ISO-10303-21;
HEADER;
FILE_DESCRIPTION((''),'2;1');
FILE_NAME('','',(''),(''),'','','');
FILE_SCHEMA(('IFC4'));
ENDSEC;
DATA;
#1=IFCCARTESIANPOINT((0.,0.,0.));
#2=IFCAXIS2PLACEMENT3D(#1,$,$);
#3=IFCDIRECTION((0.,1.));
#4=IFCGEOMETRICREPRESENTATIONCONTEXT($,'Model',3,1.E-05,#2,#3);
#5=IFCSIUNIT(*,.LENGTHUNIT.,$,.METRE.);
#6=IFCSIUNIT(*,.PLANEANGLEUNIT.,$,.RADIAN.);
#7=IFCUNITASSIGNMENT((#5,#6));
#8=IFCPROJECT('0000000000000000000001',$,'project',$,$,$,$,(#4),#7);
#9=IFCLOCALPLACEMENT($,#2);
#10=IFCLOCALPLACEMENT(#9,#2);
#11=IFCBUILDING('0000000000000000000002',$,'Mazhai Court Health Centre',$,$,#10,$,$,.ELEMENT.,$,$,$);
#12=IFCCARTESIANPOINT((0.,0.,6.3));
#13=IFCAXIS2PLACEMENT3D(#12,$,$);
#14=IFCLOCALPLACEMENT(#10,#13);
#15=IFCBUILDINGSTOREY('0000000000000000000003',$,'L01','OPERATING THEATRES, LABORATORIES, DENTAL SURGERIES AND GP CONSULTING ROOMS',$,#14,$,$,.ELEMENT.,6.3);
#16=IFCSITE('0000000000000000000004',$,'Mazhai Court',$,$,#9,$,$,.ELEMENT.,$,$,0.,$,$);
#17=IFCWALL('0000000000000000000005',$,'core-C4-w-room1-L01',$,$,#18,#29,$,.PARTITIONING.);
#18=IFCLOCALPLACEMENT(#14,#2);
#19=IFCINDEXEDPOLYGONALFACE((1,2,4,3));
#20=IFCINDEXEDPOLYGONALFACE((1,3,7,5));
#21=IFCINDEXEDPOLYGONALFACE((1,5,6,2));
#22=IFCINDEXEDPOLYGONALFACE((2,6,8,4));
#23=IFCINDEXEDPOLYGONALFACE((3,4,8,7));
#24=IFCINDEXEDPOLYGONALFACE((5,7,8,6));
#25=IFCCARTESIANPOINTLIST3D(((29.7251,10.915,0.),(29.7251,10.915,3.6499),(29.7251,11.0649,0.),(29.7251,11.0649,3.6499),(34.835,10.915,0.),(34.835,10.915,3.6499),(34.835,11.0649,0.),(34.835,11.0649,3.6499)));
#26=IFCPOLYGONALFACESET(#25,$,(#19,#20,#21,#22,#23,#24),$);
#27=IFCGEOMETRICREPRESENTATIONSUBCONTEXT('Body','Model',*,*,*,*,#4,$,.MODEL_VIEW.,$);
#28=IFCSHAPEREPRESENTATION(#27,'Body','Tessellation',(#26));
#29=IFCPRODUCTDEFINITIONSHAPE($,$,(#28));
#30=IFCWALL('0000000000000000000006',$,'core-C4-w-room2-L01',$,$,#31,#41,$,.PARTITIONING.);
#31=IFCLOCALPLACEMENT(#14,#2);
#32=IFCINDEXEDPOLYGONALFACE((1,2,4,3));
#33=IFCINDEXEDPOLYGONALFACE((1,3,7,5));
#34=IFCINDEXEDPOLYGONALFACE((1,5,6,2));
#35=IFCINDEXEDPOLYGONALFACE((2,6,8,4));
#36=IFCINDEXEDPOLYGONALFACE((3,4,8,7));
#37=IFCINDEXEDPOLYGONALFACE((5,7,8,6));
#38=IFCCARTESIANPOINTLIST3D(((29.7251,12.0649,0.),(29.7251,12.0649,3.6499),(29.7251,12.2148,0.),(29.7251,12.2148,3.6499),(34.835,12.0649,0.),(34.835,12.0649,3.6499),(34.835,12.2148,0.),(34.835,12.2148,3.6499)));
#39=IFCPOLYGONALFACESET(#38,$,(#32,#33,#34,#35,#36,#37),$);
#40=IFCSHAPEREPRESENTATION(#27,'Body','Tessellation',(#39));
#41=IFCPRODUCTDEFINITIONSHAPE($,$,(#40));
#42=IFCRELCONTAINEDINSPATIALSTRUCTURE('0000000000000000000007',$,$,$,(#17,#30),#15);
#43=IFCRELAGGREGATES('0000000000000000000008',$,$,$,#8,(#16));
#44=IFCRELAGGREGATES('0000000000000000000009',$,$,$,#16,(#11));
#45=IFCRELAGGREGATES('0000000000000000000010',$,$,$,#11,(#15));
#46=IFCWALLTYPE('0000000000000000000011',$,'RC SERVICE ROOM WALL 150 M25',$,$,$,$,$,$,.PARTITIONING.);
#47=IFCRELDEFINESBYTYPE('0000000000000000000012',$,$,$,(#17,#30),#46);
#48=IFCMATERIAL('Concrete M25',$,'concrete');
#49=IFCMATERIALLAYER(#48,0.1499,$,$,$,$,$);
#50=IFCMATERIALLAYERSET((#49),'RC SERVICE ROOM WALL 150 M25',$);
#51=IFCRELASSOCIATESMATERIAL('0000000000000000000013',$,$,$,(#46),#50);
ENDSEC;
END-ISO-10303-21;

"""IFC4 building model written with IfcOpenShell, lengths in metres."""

from ifc_helpers import new_model, si_unit, direction, frame, frame_2d, origin, place, context, subcontext, project, spatial, rectangle, extrude, material, layer, layer_set, type_object, element, save


model = new_model("IFC4")

# Units and contexts
model_context = context("Model", 3, precision=1e-05, world=origin(), true_north=direction((0.0, 1.0)))
body_context = subcontext(model_context, "Body", "Model", "MODEL_VIEW")
ifc_project = project(units=[si_unit("LENGTHUNIT", "METRE"), si_unit("PLANEANGLEUNIT", "RADIAN")], contexts=[model_context])

# Site, building, storey
site_placement = place(None, origin())
site = spatial("IfcSite", under=ifc_project, at=site_placement, Name="Mazhai Court", CompositionType="ELEMENT", RefElevation=0.0)
building_placement = place(site_placement, origin())
building = spatial("IfcBuilding", under=site, at=building_placement, Name="Mazhai Court Health Centre", CompositionType="ELEMENT")
storey_placement = place(building_placement, frame((0.0, 0.0, 6.3)))
storey = spatial("IfcBuildingStorey", under=building, at=storey_placement, Name="L01", Description="OPERATING THEATRES, LABORATORIES, DENTAL SURGERIES AND GP CONSULTING ROOMS", CompositionType="ELEMENT", Elevation=6.3)

# Walls
ifc_material_1 = material(Name="Concrete M25", Category="concrete")
ifc_layer_1 = layer(ifc_material_1, 0.1499)
ifc_layer_set_1 = layer_set([ifc_layer_1], Name="RC SERVICE ROOM WALL 150 M25")
wall_type_1 = type_object("IfcWallType", Name="RC SERVICE ROOM WALL 150 M25", PredefinedType="PARTITIONING", material=ifc_layer_set_1)
for number, where, z_axis, x_axis, name in (
    (1, (29.7251, 10.99, 0.0), (0.0, 0.0, 1.0), (1.0, 0.0, 0.0), "core-C4-w-room1-L01"),
    (2, (29.7251, 12.1399, 0.0), (0.0, 0.0, 1.0), (1.0, 0.0, 0.0), "core-C4-w-room2-L01"),
):
    element("IfcWall", number, at=place(storey_placement, frame(where, z_axis=z_axis, x_axis=x_axis)), inside=storey, type_object=wall_type_1, Name=name, PredefinedType="PARTITIONING", context=body_context, shape_type="SweptSolid", body=[
        extrude(rectangle(XDim=5.1099, YDim=0.1499, at=frame_2d((2.5549, 0.0))), origin(), (0.0, 0.0, 1.0), 3.6499),
    ])

save(model, "model.ifc")
